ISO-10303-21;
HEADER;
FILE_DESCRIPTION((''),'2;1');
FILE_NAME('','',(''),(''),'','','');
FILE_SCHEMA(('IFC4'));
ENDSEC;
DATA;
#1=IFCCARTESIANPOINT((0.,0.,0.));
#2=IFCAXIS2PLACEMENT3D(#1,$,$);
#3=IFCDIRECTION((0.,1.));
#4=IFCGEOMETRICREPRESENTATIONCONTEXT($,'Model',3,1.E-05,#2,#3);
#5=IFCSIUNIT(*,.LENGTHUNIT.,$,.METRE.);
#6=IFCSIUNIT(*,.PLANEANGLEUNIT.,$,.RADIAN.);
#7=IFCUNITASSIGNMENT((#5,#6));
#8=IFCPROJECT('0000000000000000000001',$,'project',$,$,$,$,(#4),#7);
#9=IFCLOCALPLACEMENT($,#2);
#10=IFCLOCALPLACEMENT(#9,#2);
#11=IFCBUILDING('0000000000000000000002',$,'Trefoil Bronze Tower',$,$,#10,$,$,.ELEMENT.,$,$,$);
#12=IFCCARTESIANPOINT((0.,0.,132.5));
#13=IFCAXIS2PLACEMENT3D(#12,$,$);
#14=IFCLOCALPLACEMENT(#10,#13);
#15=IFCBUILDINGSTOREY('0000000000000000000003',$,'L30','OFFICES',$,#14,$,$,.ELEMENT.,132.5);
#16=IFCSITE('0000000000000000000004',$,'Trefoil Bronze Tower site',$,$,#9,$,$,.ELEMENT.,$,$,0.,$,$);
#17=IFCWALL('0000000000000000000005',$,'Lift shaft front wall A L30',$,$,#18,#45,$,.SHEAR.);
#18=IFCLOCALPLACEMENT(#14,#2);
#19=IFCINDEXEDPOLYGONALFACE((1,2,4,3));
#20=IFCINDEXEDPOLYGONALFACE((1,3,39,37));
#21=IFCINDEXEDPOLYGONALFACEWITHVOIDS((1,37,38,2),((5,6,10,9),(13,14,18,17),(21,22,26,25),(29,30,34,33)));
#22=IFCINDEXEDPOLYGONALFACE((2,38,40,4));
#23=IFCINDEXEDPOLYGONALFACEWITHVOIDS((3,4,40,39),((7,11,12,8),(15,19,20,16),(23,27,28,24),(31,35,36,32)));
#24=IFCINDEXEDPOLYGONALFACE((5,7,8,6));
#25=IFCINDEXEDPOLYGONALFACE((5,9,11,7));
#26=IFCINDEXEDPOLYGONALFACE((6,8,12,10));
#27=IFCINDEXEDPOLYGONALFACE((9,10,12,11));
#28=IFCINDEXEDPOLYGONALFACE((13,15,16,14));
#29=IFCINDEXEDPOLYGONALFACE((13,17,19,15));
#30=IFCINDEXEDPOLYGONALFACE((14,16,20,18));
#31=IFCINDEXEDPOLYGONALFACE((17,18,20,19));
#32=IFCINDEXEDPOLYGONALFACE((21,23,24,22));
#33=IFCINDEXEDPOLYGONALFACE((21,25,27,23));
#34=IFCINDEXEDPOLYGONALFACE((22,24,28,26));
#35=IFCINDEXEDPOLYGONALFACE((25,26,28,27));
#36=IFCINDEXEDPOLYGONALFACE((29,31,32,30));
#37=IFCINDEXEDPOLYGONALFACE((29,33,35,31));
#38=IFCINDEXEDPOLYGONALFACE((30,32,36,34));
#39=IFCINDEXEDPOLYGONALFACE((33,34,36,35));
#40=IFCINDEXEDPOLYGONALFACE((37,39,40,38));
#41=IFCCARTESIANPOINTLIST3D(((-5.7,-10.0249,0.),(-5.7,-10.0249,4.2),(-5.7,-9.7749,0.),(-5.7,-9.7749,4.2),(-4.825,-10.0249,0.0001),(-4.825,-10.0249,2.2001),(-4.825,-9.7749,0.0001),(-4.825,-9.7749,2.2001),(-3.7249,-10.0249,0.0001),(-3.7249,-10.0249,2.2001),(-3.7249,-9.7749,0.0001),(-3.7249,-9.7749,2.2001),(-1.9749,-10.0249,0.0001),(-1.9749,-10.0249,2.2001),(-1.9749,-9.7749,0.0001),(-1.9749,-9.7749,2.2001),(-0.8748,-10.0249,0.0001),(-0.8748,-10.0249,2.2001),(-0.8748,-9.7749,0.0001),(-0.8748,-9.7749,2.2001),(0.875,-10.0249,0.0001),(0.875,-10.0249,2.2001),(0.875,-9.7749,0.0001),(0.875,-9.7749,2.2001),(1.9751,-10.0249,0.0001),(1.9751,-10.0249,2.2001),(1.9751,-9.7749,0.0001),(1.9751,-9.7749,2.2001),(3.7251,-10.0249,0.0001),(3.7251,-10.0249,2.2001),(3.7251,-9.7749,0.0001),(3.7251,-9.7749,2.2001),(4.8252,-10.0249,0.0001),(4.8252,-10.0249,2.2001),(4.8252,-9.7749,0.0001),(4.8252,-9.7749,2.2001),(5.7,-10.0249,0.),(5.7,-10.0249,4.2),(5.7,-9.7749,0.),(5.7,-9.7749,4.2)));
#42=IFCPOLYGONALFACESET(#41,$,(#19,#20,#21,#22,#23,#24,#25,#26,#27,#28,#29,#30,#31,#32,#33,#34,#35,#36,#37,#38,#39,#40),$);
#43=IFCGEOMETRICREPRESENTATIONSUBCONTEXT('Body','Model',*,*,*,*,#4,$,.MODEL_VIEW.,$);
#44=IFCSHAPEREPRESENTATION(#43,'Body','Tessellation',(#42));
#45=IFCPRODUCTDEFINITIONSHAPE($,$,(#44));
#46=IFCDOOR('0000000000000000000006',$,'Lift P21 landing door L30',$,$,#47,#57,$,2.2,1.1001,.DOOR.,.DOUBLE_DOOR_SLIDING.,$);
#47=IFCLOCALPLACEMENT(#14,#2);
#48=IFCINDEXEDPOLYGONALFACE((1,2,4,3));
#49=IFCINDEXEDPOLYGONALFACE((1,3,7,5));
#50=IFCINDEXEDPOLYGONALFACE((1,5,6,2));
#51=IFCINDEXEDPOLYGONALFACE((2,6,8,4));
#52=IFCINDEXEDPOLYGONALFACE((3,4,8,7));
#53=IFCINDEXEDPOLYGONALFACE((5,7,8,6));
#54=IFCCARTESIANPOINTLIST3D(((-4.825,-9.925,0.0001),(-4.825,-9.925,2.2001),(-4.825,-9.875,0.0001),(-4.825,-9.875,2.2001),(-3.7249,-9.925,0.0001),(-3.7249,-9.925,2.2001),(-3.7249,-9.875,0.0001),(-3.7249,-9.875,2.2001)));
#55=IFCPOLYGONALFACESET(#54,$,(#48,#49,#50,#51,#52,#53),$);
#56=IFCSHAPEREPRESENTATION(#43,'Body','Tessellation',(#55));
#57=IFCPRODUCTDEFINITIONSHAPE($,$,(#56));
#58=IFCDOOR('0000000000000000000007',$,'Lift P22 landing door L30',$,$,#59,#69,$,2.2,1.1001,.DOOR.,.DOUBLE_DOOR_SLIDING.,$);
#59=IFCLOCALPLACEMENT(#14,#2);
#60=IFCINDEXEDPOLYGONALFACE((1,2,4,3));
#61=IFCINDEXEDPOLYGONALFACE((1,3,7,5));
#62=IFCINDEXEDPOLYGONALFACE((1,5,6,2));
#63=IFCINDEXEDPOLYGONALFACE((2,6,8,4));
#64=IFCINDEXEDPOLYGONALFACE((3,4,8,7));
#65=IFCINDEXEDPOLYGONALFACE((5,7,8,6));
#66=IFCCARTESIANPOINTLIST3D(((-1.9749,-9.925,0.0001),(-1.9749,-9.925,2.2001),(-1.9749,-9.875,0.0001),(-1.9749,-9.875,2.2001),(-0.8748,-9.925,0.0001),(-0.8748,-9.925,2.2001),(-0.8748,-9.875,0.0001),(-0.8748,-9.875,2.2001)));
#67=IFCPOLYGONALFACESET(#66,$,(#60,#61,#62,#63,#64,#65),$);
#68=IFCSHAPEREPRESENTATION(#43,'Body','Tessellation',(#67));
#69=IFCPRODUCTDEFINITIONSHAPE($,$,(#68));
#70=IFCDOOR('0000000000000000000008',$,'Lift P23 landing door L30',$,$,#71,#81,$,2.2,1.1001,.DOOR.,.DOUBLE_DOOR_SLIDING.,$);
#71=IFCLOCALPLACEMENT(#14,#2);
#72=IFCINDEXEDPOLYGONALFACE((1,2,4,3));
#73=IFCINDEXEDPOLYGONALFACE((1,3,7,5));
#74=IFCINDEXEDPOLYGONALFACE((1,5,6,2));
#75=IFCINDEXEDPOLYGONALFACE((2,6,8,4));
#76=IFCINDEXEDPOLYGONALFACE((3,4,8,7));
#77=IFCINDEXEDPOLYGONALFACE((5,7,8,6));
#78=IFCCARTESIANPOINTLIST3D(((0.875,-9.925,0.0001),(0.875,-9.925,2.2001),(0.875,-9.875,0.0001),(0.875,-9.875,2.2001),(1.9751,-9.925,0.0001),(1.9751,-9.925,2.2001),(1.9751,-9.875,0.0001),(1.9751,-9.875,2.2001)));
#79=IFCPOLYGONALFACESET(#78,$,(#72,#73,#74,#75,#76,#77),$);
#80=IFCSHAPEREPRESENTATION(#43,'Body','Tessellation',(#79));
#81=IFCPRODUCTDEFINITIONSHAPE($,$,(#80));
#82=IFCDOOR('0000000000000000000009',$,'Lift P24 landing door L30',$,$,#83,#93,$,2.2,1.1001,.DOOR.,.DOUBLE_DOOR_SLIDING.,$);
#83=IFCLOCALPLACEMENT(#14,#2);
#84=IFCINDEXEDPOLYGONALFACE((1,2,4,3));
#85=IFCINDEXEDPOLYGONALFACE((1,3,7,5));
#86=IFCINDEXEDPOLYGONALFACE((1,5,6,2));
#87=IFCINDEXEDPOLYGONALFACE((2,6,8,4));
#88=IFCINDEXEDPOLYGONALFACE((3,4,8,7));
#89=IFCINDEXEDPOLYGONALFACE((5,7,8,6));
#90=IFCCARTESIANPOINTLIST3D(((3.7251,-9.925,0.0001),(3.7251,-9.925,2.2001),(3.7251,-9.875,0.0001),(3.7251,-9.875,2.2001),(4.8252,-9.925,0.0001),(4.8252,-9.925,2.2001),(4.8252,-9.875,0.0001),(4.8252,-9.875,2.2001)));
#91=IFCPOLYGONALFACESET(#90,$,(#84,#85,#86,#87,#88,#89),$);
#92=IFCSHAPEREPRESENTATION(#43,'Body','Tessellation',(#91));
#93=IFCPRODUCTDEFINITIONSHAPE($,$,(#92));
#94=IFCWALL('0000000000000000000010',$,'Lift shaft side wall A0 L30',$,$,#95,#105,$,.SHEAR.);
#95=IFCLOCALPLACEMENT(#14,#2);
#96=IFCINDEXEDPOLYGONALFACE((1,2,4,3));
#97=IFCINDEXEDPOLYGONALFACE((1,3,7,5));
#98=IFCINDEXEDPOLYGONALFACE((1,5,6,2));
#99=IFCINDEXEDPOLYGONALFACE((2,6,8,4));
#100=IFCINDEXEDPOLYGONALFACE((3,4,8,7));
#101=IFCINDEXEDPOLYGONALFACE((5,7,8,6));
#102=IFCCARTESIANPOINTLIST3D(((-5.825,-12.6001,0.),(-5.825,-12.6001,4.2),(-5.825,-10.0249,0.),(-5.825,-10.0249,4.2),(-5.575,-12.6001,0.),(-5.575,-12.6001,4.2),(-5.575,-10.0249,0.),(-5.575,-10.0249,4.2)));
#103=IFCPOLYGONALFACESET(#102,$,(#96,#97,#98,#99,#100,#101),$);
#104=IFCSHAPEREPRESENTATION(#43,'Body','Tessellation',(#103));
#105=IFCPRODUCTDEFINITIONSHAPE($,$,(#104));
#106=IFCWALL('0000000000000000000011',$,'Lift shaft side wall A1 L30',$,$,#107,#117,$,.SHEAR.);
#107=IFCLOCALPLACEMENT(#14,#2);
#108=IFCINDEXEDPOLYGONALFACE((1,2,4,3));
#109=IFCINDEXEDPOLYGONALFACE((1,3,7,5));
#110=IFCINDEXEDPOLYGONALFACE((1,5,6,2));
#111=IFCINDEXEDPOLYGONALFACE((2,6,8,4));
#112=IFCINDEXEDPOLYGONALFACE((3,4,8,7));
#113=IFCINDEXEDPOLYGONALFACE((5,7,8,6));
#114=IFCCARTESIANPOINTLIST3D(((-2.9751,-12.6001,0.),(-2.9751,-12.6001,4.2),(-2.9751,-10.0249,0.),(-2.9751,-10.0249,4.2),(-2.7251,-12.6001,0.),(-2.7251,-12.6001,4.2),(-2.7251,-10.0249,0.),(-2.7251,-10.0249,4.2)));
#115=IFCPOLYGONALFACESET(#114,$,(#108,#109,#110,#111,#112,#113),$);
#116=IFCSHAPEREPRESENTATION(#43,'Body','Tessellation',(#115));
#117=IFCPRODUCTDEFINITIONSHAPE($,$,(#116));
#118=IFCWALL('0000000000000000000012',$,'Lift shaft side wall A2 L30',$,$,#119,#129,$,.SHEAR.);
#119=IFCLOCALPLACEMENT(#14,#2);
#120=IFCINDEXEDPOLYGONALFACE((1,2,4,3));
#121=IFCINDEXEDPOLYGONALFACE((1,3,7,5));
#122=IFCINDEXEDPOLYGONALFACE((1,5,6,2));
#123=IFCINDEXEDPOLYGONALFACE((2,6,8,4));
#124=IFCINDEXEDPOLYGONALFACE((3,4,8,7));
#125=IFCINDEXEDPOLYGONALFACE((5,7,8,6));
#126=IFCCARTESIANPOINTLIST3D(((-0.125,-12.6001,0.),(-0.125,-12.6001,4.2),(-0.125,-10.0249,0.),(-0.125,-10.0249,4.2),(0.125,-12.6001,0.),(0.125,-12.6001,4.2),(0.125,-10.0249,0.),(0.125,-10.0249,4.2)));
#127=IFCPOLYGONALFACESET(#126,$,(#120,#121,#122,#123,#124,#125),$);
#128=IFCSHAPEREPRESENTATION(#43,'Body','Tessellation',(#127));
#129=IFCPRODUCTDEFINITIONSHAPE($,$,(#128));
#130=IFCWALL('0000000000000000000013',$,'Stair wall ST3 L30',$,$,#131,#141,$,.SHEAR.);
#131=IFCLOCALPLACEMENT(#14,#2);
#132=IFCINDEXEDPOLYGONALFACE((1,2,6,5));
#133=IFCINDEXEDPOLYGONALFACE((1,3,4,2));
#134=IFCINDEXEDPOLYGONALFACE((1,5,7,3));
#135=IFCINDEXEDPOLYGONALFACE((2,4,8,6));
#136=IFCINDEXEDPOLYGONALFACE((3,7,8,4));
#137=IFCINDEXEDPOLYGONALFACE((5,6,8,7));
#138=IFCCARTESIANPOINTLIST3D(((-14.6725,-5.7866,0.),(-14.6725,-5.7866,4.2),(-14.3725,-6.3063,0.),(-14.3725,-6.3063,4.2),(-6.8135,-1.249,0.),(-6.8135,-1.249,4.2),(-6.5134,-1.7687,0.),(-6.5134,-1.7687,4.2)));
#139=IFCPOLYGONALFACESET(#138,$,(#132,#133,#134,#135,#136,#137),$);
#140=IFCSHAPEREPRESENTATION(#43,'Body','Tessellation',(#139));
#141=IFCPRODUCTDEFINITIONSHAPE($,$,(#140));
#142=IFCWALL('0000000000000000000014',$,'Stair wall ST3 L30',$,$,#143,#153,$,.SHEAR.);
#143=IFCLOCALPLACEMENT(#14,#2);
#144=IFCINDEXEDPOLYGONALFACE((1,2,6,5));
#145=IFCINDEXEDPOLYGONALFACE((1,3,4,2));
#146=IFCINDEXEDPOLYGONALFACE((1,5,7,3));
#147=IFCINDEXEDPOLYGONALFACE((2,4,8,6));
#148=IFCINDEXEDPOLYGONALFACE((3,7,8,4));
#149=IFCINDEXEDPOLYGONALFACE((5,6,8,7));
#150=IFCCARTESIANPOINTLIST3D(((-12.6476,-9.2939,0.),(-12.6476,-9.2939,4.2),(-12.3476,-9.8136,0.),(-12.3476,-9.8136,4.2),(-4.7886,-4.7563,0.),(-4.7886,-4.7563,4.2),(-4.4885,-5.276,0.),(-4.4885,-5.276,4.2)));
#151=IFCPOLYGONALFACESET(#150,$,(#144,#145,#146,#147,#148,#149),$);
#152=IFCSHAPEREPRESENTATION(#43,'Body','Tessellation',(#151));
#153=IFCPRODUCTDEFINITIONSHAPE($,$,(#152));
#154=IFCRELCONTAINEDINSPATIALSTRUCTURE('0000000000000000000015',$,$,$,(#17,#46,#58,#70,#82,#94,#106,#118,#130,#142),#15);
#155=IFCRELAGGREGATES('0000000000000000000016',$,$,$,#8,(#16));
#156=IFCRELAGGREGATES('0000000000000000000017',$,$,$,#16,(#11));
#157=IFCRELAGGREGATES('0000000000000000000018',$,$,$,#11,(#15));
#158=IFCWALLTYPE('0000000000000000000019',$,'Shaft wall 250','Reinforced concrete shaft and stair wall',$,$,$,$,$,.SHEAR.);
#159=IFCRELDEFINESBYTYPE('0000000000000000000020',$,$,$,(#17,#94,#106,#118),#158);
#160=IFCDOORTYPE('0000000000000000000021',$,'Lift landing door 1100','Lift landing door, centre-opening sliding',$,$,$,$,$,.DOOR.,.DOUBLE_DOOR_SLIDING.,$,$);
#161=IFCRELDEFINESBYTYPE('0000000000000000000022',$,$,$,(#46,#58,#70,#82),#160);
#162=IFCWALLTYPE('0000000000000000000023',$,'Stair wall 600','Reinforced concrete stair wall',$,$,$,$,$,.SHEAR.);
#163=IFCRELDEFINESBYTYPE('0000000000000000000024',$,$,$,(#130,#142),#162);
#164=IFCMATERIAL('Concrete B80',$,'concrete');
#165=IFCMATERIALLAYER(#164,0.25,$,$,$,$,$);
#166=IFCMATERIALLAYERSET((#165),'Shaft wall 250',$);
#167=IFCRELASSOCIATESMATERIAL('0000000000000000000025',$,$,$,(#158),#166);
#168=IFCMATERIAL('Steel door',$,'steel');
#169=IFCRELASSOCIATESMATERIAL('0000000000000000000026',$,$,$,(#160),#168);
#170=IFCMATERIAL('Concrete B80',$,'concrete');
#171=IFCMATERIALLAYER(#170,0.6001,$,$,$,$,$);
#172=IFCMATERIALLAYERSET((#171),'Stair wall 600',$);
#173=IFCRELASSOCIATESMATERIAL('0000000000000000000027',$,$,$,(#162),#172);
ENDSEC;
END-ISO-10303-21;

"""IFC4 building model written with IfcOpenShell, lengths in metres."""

from ifc_helpers import new_model, si_unit, direction, frame, frame_2d, origin, place, context, subcontext, project, spatial, rectangle, extrude, material, layer, layer_set, type_object, element, fill, save


model = new_model("IFC4")

# Units and contexts
model_context = context("Model", 3, precision=1e-05, world=origin(), true_north=direction((0.0, 1.0)))
body_context = subcontext(model_context, "Body", "Model", "MODEL_VIEW")
ifc_project = project(units=[si_unit("LENGTHUNIT", "METRE"), si_unit("PLANEANGLEUNIT", "RADIAN")], contexts=[model_context])

# Site, building, storey
site_placement = place(None, origin())
site = spatial("IfcSite", under=ifc_project, at=site_placement, Name="Trefoil Bronze Tower site", CompositionType="ELEMENT", RefElevation=0.0)
building_placement = place(site_placement, origin())
building = spatial("IfcBuilding", under=site, at=building_placement, Name="Trefoil Bronze Tower", CompositionType="ELEMENT")
storey_placement = place(building_placement, frame((0.0, 0.0, 132.5)))
storey = spatial("IfcBuildingStorey", under=building, at=storey_placement, Name="L30", Description="OFFICES", CompositionType="ELEMENT", Elevation=132.5)

# Wall, openings, doors
ifc_material_1 = material(Name="Concrete B80", Category="concrete")
ifc_layer_1 = layer(ifc_material_1, 0.25)
ifc_layer_set_1 = layer_set([ifc_layer_1], Name="Shaft wall 250")
wall_type_1 = type_object("IfcWallType", Name="Shaft wall 250", Description="Reinforced concrete shaft and stair wall", PredefinedType="SHEAR", material=ifc_layer_set_1)
wall_1_placement = place(storey_placement, frame((-5.7, -9.8999, 0.0), z_axis=(0.0, 0.0, 1.0), x_axis=(1.0, 0.0, 0.0)))
wall_1 = element("IfcWall", 1, at=wall_1_placement, inside=storey, type_object=wall_type_1, Name="Lift shaft front wall A L30", PredefinedType="SHEAR", context=body_context, shape_type="SweptSolid", body=[
    extrude(rectangle(XDim=11.3999, YDim=0.25, at=frame_2d((5.7, 0.0))), origin(), (0.0, 0.0, 1.0), 4.2),
])
opening_1_placement = place(wall_1_placement, frame((0.875, 0.0, 0.0)))
opening_1 = element("IfcOpeningElement", 2, at=opening_1_placement, cuts=wall_1, PredefinedType="OPENING", context=body_context, shape_type="SweptSolid", body=[
    extrude(rectangle(XDim=1.1001, YDim=2.2, at=frame_2d((0.55, 1.1001))), frame((0.0, 0.135, 0.0), z_axis=(0.0, -1.0, 0.0), x_axis=(1.0, 0.0, 0.0)), (0.0, 0.0, 1.0), 0.27),
])
opening_2_placement = place(wall_1_placement, frame((3.7251, 0.0, 0.0)))
opening_2 = element("IfcOpeningElement", 3, at=opening_2_placement, cuts=wall_1, PredefinedType="OPENING", context=body_context, shape_type="SweptSolid", body=[
    extrude(rectangle(XDim=1.1001, YDim=2.2, at=frame_2d((0.55, 1.1001))), frame((0.0, 0.135, 0.0), z_axis=(0.0, -1.0, 0.0), x_axis=(1.0, 0.0, 0.0)), (0.0, 0.0, 1.0), 0.27),
])
opening_3_placement = place(wall_1_placement, frame((6.575, 0.0, 0.0)))
opening_3 = element("IfcOpeningElement", 4, at=opening_3_placement, cuts=wall_1, PredefinedType="OPENING", context=body_context, shape_type="SweptSolid", body=[
    extrude(rectangle(XDim=1.1001, YDim=2.2, at=frame_2d((0.55, 1.1001))), frame((0.0, 0.135, 0.0), z_axis=(0.0, -1.0, 0.0), x_axis=(1.0, 0.0, 0.0)), (0.0, 0.0, 1.0), 0.27),
])
opening_4_placement = place(wall_1_placement, frame((9.425, 0.0, 0.0)))
opening_4 = element("IfcOpeningElement", 5, at=opening_4_placement, cuts=wall_1, PredefinedType="OPENING", context=body_context, shape_type="SweptSolid", body=[
    extrude(rectangle(XDim=1.1001, YDim=2.2, at=frame_2d((0.55, 1.1001))), frame((0.0, 0.135, 0.0), z_axis=(0.0, -1.0, 0.0), x_axis=(1.0, 0.0, 0.0)), (0.0, 0.0, 1.0), 0.27),
])
ifc_material_2 = material(Name="Steel door", Category="steel")
door_type_1 = type_object("IfcDoorType", Name="Lift landing door 1100", Description="Lift landing door, centre-opening sliding", OperationType="DOUBLE_DOOR_SLIDING", PredefinedType="DOOR", material=ifc_material_2)
door_1_placement = place(opening_1_placement, origin())
door_1 = element("IfcDoor", 6, at=door_1_placement, inside=storey, type_object=door_type_1, Name="Lift P21 landing door L30", OperationType="DOUBLE_DOOR_SLIDING", OverallHeight=2.2, OverallWidth=1.1001, PredefinedType="DOOR", context=body_context, shape_type="SweptSolid", body=[
    extrude(rectangle(XDim=1.1001, YDim=2.2, at=frame_2d((0.55, 1.1001))), frame((0.0, 0.0249, 0.0), z_axis=(0.0, -1.0, 0.0), x_axis=(1.0, 0.0, 0.0)), (0.0, 0.0, 1.0), 0.05),
])
fill(opening_1, door_1)
door_2_placement = place(opening_2_placement, origin())
door_2 = element("IfcDoor", 7, at=door_2_placement, inside=storey, type_object=door_type_1, Name="Lift P22 landing door L30", OperationType="DOUBLE_DOOR_SLIDING", OverallHeight=2.2, OverallWidth=1.1001, PredefinedType="DOOR", context=body_context, shape_type="SweptSolid", body=[
    extrude(rectangle(XDim=1.1001, YDim=2.2, at=frame_2d((0.55, 1.1001))), frame((0.0, 0.0249, 0.0), z_axis=(0.0, -1.0, 0.0), x_axis=(1.0, 0.0, 0.0)), (0.0, 0.0, 1.0), 0.05),
])
fill(opening_2, door_2)
door_3_placement = place(opening_3_placement, origin())
door_3 = element("IfcDoor", 8, at=door_3_placement, inside=storey, type_object=door_type_1, Name="Lift P23 landing door L30", OperationType="DOUBLE_DOOR_SLIDING", OverallHeight=2.2, OverallWidth=1.1001, PredefinedType="DOOR", context=body_context, shape_type="SweptSolid", body=[
    extrude(rectangle(XDim=1.1001, YDim=2.2, at=frame_2d((0.55, 1.1001))), frame((0.0, 0.0249, 0.0), z_axis=(0.0, -1.0, 0.0), x_axis=(1.0, 0.0, 0.0)), (0.0, 0.0, 1.0), 0.05),
])
fill(opening_3, door_3)
door_4_placement = place(opening_4_placement, origin())
door_4 = element("IfcDoor", 9, at=door_4_placement, inside=storey, type_object=door_type_1, Name="Lift P24 landing door L30", OperationType="DOUBLE_DOOR_SLIDING", OverallHeight=2.2, OverallWidth=1.1001, PredefinedType="DOOR", context=body_context, shape_type="SweptSolid", body=[
    extrude(rectangle(XDim=1.1001, YDim=2.2, at=frame_2d((0.55, 1.1001))), frame((0.0, 0.0249, 0.0), z_axis=(0.0, -1.0, 0.0), x_axis=(1.0, 0.0, 0.0)), (0.0, 0.0, 1.0), 0.05),
])
fill(opening_4, door_4)

# Walls
for number, where, z_axis, x_axis, name in (
    (10, (-5.7, -10.0249, 0.0), (0.0, 0.0, 1.0), (0.0, -1.0, 0.0), "Lift shaft side wall A0 L30"),
    (11, (-2.8501, -10.0249, 0.0), (0.0, 0.0, 1.0), (0.0, -1.0, 0.0), "Lift shaft side wall A1 L30"),
    (12, (0.0, -10.0249, 0.0), (0.0, 0.0, 1.0), (0.0, -1.0, 0.0), "Lift shaft side wall A2 L30"),
):
    element("IfcWall", number, at=place(storey_placement, frame(where, z_axis=z_axis, x_axis=x_axis)), inside=storey, type_object=wall_type_1, Name=name, PredefinedType="SHEAR", context=body_context, shape_type="SweptSolid", body=[
        extrude(rectangle(XDim=2.5752, YDim=0.25, at=frame_2d((1.2876, 0.0))), origin(), (0.0, 0.0, 1.0), 4.2),
    ])
ifc_material_3 = material(Name="Concrete B80", Category="concrete")
ifc_layer_2 = layer(ifc_material_3, 0.6001)
ifc_layer_set_2 = layer_set([ifc_layer_2], Name="Stair wall 600")
wall_type_2 = type_object("IfcWallType", Name="Stair wall 600", Description="Reinforced concrete stair wall", PredefinedType="SHEAR", material=ifc_layer_set_2)
for number, where, z_axis, x_axis, name in (
    (13, (-6.6633, -1.5088, 0.0), (0.0, 0.0, 1.0), (-0.866019, -0.50001, 0.0), "Stair wall ST3 L30"),
    (14, (-4.6384, -5.0161, 0.0), (0.0, 0.0, 1.0), (-0.866019, -0.50001, 0.0), "Stair wall ST3 L30"),
):
    element("IfcWall", number, at=place(storey_placement, frame(where, z_axis=z_axis, x_axis=x_axis)), inside=storey, type_object=wall_type_2, Name=name, PredefinedType="SHEAR", context=body_context, shape_type="SweptSolid", body=[
        extrude(rectangle(XDim=9.075, YDim=0.6001, at=frame_2d((4.5376, 0.0))), origin(), (0.0, 0.0, 1.0), 4.2),
    ])

save(model, "model.ifc")
